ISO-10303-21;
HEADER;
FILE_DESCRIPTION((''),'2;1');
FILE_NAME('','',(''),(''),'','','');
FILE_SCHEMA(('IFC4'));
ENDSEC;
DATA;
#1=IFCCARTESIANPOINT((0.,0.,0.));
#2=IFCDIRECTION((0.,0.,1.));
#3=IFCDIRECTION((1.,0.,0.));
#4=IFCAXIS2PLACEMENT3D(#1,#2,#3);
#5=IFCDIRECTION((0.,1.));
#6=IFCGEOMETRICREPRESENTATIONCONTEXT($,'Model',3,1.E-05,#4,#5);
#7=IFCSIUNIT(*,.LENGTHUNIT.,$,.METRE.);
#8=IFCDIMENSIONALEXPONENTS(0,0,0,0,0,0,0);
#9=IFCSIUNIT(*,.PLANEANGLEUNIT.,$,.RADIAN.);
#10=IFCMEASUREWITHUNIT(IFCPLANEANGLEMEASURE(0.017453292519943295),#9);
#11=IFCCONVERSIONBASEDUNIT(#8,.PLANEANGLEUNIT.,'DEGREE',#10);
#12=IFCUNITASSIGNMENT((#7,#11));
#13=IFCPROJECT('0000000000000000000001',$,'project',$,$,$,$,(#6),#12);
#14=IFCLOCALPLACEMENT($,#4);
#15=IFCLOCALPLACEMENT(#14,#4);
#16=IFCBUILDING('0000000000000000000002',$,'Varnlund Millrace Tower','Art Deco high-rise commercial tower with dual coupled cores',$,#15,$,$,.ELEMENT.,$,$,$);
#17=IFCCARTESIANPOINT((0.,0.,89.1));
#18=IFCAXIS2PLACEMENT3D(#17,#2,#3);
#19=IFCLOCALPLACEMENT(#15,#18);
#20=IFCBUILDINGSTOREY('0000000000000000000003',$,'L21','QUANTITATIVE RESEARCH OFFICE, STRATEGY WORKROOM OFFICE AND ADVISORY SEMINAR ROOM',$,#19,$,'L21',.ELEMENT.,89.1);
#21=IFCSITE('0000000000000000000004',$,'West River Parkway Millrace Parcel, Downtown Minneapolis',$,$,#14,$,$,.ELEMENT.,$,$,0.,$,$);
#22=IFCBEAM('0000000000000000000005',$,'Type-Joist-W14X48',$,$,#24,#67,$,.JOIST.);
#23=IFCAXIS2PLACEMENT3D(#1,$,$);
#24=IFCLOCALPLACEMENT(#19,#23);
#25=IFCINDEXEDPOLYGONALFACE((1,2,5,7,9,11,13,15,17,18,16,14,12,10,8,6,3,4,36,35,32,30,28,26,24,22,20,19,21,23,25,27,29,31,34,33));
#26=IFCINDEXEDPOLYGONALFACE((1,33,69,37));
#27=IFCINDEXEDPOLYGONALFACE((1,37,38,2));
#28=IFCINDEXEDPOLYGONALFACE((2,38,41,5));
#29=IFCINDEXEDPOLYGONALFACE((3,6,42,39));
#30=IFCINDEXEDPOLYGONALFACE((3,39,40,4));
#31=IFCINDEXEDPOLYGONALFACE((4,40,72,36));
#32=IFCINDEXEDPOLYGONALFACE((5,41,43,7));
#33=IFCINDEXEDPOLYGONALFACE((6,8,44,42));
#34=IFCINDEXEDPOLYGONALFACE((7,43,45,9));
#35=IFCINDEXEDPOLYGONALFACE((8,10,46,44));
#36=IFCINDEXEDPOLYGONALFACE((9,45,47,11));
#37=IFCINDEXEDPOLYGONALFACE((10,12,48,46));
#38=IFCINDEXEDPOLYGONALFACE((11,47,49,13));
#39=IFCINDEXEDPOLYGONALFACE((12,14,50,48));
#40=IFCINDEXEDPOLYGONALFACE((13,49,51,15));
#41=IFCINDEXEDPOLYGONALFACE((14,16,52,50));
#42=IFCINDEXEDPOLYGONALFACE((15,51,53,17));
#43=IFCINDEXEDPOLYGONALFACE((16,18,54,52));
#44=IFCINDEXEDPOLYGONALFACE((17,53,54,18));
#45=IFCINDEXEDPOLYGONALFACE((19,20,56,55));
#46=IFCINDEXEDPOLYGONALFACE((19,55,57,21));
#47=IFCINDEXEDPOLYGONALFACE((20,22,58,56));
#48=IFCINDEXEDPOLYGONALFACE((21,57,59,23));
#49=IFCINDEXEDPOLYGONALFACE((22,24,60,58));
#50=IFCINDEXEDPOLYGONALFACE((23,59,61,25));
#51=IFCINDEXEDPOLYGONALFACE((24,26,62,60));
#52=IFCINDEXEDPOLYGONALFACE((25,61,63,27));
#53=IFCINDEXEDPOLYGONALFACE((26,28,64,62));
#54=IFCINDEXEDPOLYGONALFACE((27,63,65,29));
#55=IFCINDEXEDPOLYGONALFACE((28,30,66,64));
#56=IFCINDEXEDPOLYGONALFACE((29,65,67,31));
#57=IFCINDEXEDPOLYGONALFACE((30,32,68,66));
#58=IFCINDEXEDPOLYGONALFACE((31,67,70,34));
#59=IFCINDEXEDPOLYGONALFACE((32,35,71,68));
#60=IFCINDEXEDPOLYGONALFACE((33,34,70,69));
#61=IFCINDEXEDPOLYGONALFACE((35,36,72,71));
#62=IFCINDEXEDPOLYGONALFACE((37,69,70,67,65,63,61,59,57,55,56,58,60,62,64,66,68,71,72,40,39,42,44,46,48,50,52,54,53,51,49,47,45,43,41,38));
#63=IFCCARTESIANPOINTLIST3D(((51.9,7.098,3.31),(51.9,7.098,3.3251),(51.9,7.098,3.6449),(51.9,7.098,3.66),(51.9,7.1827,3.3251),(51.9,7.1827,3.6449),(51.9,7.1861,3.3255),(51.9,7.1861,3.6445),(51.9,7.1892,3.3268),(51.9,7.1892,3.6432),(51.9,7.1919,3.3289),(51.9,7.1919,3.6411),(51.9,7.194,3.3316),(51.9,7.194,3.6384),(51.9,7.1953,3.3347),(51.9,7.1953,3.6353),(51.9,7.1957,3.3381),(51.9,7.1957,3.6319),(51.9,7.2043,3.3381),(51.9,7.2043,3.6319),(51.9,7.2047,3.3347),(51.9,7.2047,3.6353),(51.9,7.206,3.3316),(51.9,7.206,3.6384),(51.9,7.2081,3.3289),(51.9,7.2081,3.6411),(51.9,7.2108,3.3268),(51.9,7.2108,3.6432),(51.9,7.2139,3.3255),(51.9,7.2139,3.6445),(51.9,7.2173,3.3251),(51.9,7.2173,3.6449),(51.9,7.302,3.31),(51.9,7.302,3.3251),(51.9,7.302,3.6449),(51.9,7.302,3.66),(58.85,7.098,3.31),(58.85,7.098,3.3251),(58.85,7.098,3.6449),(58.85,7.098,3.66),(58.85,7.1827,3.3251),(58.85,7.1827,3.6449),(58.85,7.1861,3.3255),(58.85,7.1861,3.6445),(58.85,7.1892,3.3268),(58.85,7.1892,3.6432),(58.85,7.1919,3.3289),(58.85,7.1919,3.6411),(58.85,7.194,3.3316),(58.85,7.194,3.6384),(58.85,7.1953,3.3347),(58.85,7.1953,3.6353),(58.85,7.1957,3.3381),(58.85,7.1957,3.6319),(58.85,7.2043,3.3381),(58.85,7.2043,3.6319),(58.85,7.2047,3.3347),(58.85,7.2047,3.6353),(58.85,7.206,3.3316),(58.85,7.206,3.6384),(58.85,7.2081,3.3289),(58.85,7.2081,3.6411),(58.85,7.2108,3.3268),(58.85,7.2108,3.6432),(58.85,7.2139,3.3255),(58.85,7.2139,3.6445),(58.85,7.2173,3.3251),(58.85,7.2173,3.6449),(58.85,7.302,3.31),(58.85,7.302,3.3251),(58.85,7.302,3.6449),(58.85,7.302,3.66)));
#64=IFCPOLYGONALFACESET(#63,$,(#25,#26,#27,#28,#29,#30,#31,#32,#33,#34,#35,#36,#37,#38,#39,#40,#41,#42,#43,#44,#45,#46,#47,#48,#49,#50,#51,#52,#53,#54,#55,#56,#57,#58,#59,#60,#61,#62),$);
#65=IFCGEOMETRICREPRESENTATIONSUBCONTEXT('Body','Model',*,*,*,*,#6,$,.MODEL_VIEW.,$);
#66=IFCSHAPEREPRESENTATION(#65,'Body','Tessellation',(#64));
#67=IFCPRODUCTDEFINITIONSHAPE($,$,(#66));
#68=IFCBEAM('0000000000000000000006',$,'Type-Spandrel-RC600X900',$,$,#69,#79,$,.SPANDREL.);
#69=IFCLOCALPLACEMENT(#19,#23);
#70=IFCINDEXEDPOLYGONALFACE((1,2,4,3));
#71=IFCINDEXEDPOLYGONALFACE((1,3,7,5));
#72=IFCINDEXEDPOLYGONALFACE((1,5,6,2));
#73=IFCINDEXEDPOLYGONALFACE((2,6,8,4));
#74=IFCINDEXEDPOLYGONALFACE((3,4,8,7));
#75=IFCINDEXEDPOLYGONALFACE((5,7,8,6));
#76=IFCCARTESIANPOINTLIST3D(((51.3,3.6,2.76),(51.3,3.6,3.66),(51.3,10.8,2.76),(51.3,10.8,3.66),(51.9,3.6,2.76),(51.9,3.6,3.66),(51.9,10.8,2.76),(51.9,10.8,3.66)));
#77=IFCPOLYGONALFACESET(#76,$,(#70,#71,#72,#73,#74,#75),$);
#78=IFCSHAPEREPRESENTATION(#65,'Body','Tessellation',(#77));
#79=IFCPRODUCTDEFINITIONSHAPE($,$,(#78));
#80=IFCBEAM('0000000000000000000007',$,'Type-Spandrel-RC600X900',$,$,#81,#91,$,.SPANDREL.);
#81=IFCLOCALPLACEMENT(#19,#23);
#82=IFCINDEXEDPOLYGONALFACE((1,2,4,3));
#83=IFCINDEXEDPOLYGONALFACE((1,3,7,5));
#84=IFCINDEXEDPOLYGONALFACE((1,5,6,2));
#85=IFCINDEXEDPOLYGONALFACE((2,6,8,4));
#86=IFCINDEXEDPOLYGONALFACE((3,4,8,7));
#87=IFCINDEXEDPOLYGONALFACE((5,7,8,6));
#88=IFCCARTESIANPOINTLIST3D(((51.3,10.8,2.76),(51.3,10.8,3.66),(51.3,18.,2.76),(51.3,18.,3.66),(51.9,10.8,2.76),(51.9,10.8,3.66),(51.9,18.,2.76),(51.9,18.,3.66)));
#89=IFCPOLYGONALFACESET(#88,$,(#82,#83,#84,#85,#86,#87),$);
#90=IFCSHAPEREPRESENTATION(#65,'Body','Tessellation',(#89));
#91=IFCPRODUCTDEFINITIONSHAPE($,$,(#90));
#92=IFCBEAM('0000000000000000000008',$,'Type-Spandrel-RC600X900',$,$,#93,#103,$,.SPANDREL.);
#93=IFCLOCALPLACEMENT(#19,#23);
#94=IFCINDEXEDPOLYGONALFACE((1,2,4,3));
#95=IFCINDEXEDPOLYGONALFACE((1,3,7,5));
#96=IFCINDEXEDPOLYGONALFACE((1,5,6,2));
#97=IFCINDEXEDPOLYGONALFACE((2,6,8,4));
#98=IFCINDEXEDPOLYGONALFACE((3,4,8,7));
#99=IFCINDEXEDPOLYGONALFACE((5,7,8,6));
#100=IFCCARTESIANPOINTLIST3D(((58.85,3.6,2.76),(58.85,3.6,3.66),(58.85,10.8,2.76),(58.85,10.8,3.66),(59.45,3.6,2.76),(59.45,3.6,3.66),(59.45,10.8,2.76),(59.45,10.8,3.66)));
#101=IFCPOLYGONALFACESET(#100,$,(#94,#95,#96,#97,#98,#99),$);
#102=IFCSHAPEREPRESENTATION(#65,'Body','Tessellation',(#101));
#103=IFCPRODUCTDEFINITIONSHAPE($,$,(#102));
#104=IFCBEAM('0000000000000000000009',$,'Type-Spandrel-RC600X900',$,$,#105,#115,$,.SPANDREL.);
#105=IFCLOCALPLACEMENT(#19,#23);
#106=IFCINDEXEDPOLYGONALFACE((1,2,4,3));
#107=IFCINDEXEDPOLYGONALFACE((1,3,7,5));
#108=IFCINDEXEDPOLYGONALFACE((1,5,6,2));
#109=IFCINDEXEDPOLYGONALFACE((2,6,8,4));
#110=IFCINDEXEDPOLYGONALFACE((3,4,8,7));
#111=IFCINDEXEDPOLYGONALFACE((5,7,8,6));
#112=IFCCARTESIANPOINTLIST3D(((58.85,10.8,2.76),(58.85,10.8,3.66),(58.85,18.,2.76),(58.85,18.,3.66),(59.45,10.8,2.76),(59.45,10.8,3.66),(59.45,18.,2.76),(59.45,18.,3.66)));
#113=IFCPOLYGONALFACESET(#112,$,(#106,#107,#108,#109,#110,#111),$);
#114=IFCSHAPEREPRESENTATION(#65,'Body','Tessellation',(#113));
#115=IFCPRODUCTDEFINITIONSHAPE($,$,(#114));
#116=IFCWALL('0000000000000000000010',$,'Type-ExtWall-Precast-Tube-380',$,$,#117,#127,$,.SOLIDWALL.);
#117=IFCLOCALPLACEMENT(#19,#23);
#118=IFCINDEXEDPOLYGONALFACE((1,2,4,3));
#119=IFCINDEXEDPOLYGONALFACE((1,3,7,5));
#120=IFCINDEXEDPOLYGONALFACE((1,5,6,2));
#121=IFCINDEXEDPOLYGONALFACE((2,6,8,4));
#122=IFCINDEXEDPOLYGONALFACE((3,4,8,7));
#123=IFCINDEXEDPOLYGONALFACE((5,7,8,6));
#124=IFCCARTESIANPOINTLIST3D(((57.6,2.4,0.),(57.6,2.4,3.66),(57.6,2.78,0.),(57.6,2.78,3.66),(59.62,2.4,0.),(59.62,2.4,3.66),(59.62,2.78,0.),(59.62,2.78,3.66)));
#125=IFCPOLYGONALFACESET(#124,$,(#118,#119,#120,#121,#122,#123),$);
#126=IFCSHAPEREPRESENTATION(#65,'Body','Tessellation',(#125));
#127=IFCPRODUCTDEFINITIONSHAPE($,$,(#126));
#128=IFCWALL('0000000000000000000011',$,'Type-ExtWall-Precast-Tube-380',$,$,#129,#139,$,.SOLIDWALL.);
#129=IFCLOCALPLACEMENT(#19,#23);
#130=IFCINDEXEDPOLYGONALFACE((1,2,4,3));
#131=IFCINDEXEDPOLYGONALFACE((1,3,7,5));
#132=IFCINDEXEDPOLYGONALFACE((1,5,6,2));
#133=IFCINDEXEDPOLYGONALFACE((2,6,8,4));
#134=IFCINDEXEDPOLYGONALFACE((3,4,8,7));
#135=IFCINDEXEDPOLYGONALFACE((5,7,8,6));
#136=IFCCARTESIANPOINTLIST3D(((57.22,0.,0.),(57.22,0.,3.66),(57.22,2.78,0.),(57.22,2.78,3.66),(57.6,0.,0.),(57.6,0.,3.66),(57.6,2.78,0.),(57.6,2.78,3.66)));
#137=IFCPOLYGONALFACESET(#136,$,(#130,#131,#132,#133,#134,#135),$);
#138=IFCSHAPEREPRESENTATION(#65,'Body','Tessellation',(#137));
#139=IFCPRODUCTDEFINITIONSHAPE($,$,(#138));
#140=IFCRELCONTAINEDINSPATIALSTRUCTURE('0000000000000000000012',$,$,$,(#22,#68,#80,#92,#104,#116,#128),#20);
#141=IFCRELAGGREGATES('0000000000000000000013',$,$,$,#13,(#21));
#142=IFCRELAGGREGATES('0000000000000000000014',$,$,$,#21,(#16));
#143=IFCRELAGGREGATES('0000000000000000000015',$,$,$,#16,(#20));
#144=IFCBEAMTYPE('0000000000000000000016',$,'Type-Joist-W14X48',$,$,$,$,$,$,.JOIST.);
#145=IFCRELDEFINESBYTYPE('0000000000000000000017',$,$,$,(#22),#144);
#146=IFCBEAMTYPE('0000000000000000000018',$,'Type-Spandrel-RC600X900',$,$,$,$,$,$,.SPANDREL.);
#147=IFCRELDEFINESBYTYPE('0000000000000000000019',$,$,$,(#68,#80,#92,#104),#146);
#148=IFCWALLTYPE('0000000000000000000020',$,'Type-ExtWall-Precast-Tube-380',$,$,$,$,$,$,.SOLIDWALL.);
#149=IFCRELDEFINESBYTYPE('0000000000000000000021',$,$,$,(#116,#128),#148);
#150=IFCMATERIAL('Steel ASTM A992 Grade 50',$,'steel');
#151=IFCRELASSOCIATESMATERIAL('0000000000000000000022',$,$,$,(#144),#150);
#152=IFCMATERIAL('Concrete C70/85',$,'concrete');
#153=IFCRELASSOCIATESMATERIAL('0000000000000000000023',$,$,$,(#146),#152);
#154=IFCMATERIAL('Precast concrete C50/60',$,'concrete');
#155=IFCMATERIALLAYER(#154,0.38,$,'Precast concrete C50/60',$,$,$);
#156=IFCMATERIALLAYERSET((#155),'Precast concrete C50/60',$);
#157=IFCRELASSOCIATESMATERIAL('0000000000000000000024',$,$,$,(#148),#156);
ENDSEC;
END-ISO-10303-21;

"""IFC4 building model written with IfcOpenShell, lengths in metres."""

from ifc_helpers import new_model, entity, si_unit, converted_unit, direction, frame, origin_with_axes, origin_2d_with_axis, place, context, subcontext, project, spatial, polyline, rectangle, i_section, outline, extrude, material, layer, layer_set, material_profile, profile_set, type_object, element, save


model = new_model("IFC4")

# Units and contexts
model_context = context("Model", 3, precision=1e-05, world=origin_with_axes(), true_north=direction((0.0, 1.0)))
body_context = subcontext(model_context, "Body", "Model", "MODEL_VIEW")
ifc_project = project(units=[si_unit("LENGTHUNIT", "METRE"), converted_unit("PLANEANGLEUNIT", "DEGREE", entity("IfcPlaneAngleMeasure", 0.017453292519943295), si_unit("PLANEANGLEUNIT", "RADIAN"), dimensions=[0, 0, 0, 0, 0, 0, 0])], contexts=[model_context])

# Site, building, storey
site_placement = place(None, origin_with_axes())
site = spatial("IfcSite", under=ifc_project, at=site_placement, Name="West River Parkway Millrace Parcel, Downtown Minneapolis", CompositionType="ELEMENT", RefElevation=0.0)
building_placement = place(site_placement, origin_with_axes())
building = spatial("IfcBuilding", under=site, at=building_placement, Name="Varnlund Millrace Tower", Description="Art Deco high-rise commercial tower with dual coupled cores", CompositionType="ELEMENT")
storey_placement = place(building_placement, frame((0.0, 0.0, 89.1), z_axis=(0.0, 0.0, 1.0), x_axis=(1.0, 0.0, 0.0)))
storey = spatial("IfcBuildingStorey", under=building, at=storey_placement, Name="L21", Description="QUANTITATIVE RESEARCH OFFICE, STRATEGY WORKROOM OFFICE AND ADVISORY SEMINAR ROOM", LongName="L21", CompositionType="ELEMENT", Elevation=89.1)

# Beams
ifc_material_1 = material(Name="Steel ASTM A992 Grade 50", Category="steel")
ifc_material_profile_1 = material_profile(ifc_material_1, i_section(OverallWidth=0.204, OverallDepth=0.35, WebThickness=0.0086, FlangeThickness=0.0151, FilletRadius=0.013, at=origin_2d_with_axis()), Name="Steel ASTM A992 Grade 50")
ifc_profile_set_1 = profile_set([ifc_material_profile_1], Name="Steel ASTM A992 Grade 50")
beam_type_1 = type_object("IfcBeamType", Name="Type-Joist-W14X48", PredefinedType="JOIST", material=ifc_profile_set_1)
beam_1_placement = place(storey_placement, frame((51.9, 7.2, 3.485), z_axis=(1.0, 0.0, 0.0), x_axis=(0.0, 1.0, 0.0)))
element("IfcBeam", 1, at=beam_1_placement, inside=storey, type_object=beam_type_1, Name="Type-Joist-W14X48", PredefinedType="JOIST", context=body_context, shape_type="SweptSolid", body=[
    extrude(i_section(OverallWidth=0.204, OverallDepth=0.35, WebThickness=0.0086, FlangeThickness=0.0151, FilletRadius=0.013, at=origin_2d_with_axis()), origin_with_axes(), (0.0, 0.0, 1.0), 6.95),
])
ifc_material_2 = material(Name="Concrete C70/85", Category="concrete")
ifc_material_profile_2 = material_profile(ifc_material_2, rectangle(XDim=0.6, YDim=0.9, at=origin_2d_with_axis()), Name="Concrete C70/85")
ifc_profile_set_2 = profile_set([ifc_material_profile_2], Name="Concrete C70/85")
beam_type_2 = type_object("IfcBeamType", Name="Type-Spandrel-RC600X900", PredefinedType="SPANDREL", material=ifc_profile_set_2)
for number, where, z_axis, x_axis, name in (
    (2, (51.6, 3.6, 3.21), (0.0, 1.0, 0.0), (-1.0, 0.0, 0.0), "Type-Spandrel-RC600X900"),
    (3, (51.6, 10.8, 3.21), (0.0, 1.0, 0.0), (-1.0, 0.0, 0.0), "Type-Spandrel-RC600X900"),
    (4, (59.15, 3.6, 3.21), (0.0, 1.0, 0.0), (-1.0, 0.0, 0.0), "Type-Spandrel-RC600X900"),
    (5, (59.15, 10.8, 3.21), (0.0, 1.0, 0.0), (-1.0, 0.0, 0.0), "Type-Spandrel-RC600X900"),
):
    element("IfcBeam", number, at=place(storey_placement, frame(where, z_axis=z_axis, x_axis=x_axis)), inside=storey, type_object=beam_type_2, Name=name, PredefinedType="SPANDREL", context=body_context, shape_type="SweptSolid", body=[
        extrude(rectangle(XDim=0.6, YDim=0.9, at=origin_2d_with_axis()), origin_with_axes(), (0.0, 0.0, 1.0), 7.2),
    ])

# Walls
ifc_material_3 = material(Name="Precast concrete C50/60", Category="concrete")
ifc_layer_1 = layer(ifc_material_3, 0.38, Name="Precast concrete C50/60")
ifc_layer_set_1 = layer_set([ifc_layer_1], Name="Precast concrete C50/60")
wall_type_1 = type_object("IfcWallType", Name="Type-ExtWall-Precast-Tube-380", PredefinedType="SOLIDWALL", material=ifc_layer_set_1)
wall_1_placement = place(storey_placement, frame((59.62, 2.59, 0.0), z_axis=(0.0, 0.0, 1.0), x_axis=(-1.0, 0.0, 0.0)))
element("IfcWall", 6, at=wall_1_placement, inside=storey, type_object=wall_type_1, Name="Type-ExtWall-Precast-Tube-380", PredefinedType="SOLIDWALL", context=body_context, shape_type="SweptSolid", body=[
    extrude(outline(polyline([(0.0, -0.19), (2.02, -0.19), (2.02, 0.19), (0.0, 0.19), (0.0, -0.19)])), origin_with_axes(), (0.0, 0.0, 1.0), 3.66),
])
wall_2_placement = place(storey_placement, frame((57.41, 2.78, 0.0), z_axis=(0.0, 0.0, 1.0), x_axis=(0.0, -1.0, 0.0)))
element("IfcWall", 7, at=wall_2_placement, inside=storey, type_object=wall_type_1, Name="Type-ExtWall-Precast-Tube-380", PredefinedType="SOLIDWALL", context=body_context, shape_type="SweptSolid", body=[
    extrude(outline(polyline([(0.0, -0.19), (2.78, -0.19), (2.78, 0.19), (0.0, 0.19), (0.0, -0.19)])), origin_with_axes(), (0.0, 0.0, 1.0), 3.66),
])

save(model, "model.ifc")
